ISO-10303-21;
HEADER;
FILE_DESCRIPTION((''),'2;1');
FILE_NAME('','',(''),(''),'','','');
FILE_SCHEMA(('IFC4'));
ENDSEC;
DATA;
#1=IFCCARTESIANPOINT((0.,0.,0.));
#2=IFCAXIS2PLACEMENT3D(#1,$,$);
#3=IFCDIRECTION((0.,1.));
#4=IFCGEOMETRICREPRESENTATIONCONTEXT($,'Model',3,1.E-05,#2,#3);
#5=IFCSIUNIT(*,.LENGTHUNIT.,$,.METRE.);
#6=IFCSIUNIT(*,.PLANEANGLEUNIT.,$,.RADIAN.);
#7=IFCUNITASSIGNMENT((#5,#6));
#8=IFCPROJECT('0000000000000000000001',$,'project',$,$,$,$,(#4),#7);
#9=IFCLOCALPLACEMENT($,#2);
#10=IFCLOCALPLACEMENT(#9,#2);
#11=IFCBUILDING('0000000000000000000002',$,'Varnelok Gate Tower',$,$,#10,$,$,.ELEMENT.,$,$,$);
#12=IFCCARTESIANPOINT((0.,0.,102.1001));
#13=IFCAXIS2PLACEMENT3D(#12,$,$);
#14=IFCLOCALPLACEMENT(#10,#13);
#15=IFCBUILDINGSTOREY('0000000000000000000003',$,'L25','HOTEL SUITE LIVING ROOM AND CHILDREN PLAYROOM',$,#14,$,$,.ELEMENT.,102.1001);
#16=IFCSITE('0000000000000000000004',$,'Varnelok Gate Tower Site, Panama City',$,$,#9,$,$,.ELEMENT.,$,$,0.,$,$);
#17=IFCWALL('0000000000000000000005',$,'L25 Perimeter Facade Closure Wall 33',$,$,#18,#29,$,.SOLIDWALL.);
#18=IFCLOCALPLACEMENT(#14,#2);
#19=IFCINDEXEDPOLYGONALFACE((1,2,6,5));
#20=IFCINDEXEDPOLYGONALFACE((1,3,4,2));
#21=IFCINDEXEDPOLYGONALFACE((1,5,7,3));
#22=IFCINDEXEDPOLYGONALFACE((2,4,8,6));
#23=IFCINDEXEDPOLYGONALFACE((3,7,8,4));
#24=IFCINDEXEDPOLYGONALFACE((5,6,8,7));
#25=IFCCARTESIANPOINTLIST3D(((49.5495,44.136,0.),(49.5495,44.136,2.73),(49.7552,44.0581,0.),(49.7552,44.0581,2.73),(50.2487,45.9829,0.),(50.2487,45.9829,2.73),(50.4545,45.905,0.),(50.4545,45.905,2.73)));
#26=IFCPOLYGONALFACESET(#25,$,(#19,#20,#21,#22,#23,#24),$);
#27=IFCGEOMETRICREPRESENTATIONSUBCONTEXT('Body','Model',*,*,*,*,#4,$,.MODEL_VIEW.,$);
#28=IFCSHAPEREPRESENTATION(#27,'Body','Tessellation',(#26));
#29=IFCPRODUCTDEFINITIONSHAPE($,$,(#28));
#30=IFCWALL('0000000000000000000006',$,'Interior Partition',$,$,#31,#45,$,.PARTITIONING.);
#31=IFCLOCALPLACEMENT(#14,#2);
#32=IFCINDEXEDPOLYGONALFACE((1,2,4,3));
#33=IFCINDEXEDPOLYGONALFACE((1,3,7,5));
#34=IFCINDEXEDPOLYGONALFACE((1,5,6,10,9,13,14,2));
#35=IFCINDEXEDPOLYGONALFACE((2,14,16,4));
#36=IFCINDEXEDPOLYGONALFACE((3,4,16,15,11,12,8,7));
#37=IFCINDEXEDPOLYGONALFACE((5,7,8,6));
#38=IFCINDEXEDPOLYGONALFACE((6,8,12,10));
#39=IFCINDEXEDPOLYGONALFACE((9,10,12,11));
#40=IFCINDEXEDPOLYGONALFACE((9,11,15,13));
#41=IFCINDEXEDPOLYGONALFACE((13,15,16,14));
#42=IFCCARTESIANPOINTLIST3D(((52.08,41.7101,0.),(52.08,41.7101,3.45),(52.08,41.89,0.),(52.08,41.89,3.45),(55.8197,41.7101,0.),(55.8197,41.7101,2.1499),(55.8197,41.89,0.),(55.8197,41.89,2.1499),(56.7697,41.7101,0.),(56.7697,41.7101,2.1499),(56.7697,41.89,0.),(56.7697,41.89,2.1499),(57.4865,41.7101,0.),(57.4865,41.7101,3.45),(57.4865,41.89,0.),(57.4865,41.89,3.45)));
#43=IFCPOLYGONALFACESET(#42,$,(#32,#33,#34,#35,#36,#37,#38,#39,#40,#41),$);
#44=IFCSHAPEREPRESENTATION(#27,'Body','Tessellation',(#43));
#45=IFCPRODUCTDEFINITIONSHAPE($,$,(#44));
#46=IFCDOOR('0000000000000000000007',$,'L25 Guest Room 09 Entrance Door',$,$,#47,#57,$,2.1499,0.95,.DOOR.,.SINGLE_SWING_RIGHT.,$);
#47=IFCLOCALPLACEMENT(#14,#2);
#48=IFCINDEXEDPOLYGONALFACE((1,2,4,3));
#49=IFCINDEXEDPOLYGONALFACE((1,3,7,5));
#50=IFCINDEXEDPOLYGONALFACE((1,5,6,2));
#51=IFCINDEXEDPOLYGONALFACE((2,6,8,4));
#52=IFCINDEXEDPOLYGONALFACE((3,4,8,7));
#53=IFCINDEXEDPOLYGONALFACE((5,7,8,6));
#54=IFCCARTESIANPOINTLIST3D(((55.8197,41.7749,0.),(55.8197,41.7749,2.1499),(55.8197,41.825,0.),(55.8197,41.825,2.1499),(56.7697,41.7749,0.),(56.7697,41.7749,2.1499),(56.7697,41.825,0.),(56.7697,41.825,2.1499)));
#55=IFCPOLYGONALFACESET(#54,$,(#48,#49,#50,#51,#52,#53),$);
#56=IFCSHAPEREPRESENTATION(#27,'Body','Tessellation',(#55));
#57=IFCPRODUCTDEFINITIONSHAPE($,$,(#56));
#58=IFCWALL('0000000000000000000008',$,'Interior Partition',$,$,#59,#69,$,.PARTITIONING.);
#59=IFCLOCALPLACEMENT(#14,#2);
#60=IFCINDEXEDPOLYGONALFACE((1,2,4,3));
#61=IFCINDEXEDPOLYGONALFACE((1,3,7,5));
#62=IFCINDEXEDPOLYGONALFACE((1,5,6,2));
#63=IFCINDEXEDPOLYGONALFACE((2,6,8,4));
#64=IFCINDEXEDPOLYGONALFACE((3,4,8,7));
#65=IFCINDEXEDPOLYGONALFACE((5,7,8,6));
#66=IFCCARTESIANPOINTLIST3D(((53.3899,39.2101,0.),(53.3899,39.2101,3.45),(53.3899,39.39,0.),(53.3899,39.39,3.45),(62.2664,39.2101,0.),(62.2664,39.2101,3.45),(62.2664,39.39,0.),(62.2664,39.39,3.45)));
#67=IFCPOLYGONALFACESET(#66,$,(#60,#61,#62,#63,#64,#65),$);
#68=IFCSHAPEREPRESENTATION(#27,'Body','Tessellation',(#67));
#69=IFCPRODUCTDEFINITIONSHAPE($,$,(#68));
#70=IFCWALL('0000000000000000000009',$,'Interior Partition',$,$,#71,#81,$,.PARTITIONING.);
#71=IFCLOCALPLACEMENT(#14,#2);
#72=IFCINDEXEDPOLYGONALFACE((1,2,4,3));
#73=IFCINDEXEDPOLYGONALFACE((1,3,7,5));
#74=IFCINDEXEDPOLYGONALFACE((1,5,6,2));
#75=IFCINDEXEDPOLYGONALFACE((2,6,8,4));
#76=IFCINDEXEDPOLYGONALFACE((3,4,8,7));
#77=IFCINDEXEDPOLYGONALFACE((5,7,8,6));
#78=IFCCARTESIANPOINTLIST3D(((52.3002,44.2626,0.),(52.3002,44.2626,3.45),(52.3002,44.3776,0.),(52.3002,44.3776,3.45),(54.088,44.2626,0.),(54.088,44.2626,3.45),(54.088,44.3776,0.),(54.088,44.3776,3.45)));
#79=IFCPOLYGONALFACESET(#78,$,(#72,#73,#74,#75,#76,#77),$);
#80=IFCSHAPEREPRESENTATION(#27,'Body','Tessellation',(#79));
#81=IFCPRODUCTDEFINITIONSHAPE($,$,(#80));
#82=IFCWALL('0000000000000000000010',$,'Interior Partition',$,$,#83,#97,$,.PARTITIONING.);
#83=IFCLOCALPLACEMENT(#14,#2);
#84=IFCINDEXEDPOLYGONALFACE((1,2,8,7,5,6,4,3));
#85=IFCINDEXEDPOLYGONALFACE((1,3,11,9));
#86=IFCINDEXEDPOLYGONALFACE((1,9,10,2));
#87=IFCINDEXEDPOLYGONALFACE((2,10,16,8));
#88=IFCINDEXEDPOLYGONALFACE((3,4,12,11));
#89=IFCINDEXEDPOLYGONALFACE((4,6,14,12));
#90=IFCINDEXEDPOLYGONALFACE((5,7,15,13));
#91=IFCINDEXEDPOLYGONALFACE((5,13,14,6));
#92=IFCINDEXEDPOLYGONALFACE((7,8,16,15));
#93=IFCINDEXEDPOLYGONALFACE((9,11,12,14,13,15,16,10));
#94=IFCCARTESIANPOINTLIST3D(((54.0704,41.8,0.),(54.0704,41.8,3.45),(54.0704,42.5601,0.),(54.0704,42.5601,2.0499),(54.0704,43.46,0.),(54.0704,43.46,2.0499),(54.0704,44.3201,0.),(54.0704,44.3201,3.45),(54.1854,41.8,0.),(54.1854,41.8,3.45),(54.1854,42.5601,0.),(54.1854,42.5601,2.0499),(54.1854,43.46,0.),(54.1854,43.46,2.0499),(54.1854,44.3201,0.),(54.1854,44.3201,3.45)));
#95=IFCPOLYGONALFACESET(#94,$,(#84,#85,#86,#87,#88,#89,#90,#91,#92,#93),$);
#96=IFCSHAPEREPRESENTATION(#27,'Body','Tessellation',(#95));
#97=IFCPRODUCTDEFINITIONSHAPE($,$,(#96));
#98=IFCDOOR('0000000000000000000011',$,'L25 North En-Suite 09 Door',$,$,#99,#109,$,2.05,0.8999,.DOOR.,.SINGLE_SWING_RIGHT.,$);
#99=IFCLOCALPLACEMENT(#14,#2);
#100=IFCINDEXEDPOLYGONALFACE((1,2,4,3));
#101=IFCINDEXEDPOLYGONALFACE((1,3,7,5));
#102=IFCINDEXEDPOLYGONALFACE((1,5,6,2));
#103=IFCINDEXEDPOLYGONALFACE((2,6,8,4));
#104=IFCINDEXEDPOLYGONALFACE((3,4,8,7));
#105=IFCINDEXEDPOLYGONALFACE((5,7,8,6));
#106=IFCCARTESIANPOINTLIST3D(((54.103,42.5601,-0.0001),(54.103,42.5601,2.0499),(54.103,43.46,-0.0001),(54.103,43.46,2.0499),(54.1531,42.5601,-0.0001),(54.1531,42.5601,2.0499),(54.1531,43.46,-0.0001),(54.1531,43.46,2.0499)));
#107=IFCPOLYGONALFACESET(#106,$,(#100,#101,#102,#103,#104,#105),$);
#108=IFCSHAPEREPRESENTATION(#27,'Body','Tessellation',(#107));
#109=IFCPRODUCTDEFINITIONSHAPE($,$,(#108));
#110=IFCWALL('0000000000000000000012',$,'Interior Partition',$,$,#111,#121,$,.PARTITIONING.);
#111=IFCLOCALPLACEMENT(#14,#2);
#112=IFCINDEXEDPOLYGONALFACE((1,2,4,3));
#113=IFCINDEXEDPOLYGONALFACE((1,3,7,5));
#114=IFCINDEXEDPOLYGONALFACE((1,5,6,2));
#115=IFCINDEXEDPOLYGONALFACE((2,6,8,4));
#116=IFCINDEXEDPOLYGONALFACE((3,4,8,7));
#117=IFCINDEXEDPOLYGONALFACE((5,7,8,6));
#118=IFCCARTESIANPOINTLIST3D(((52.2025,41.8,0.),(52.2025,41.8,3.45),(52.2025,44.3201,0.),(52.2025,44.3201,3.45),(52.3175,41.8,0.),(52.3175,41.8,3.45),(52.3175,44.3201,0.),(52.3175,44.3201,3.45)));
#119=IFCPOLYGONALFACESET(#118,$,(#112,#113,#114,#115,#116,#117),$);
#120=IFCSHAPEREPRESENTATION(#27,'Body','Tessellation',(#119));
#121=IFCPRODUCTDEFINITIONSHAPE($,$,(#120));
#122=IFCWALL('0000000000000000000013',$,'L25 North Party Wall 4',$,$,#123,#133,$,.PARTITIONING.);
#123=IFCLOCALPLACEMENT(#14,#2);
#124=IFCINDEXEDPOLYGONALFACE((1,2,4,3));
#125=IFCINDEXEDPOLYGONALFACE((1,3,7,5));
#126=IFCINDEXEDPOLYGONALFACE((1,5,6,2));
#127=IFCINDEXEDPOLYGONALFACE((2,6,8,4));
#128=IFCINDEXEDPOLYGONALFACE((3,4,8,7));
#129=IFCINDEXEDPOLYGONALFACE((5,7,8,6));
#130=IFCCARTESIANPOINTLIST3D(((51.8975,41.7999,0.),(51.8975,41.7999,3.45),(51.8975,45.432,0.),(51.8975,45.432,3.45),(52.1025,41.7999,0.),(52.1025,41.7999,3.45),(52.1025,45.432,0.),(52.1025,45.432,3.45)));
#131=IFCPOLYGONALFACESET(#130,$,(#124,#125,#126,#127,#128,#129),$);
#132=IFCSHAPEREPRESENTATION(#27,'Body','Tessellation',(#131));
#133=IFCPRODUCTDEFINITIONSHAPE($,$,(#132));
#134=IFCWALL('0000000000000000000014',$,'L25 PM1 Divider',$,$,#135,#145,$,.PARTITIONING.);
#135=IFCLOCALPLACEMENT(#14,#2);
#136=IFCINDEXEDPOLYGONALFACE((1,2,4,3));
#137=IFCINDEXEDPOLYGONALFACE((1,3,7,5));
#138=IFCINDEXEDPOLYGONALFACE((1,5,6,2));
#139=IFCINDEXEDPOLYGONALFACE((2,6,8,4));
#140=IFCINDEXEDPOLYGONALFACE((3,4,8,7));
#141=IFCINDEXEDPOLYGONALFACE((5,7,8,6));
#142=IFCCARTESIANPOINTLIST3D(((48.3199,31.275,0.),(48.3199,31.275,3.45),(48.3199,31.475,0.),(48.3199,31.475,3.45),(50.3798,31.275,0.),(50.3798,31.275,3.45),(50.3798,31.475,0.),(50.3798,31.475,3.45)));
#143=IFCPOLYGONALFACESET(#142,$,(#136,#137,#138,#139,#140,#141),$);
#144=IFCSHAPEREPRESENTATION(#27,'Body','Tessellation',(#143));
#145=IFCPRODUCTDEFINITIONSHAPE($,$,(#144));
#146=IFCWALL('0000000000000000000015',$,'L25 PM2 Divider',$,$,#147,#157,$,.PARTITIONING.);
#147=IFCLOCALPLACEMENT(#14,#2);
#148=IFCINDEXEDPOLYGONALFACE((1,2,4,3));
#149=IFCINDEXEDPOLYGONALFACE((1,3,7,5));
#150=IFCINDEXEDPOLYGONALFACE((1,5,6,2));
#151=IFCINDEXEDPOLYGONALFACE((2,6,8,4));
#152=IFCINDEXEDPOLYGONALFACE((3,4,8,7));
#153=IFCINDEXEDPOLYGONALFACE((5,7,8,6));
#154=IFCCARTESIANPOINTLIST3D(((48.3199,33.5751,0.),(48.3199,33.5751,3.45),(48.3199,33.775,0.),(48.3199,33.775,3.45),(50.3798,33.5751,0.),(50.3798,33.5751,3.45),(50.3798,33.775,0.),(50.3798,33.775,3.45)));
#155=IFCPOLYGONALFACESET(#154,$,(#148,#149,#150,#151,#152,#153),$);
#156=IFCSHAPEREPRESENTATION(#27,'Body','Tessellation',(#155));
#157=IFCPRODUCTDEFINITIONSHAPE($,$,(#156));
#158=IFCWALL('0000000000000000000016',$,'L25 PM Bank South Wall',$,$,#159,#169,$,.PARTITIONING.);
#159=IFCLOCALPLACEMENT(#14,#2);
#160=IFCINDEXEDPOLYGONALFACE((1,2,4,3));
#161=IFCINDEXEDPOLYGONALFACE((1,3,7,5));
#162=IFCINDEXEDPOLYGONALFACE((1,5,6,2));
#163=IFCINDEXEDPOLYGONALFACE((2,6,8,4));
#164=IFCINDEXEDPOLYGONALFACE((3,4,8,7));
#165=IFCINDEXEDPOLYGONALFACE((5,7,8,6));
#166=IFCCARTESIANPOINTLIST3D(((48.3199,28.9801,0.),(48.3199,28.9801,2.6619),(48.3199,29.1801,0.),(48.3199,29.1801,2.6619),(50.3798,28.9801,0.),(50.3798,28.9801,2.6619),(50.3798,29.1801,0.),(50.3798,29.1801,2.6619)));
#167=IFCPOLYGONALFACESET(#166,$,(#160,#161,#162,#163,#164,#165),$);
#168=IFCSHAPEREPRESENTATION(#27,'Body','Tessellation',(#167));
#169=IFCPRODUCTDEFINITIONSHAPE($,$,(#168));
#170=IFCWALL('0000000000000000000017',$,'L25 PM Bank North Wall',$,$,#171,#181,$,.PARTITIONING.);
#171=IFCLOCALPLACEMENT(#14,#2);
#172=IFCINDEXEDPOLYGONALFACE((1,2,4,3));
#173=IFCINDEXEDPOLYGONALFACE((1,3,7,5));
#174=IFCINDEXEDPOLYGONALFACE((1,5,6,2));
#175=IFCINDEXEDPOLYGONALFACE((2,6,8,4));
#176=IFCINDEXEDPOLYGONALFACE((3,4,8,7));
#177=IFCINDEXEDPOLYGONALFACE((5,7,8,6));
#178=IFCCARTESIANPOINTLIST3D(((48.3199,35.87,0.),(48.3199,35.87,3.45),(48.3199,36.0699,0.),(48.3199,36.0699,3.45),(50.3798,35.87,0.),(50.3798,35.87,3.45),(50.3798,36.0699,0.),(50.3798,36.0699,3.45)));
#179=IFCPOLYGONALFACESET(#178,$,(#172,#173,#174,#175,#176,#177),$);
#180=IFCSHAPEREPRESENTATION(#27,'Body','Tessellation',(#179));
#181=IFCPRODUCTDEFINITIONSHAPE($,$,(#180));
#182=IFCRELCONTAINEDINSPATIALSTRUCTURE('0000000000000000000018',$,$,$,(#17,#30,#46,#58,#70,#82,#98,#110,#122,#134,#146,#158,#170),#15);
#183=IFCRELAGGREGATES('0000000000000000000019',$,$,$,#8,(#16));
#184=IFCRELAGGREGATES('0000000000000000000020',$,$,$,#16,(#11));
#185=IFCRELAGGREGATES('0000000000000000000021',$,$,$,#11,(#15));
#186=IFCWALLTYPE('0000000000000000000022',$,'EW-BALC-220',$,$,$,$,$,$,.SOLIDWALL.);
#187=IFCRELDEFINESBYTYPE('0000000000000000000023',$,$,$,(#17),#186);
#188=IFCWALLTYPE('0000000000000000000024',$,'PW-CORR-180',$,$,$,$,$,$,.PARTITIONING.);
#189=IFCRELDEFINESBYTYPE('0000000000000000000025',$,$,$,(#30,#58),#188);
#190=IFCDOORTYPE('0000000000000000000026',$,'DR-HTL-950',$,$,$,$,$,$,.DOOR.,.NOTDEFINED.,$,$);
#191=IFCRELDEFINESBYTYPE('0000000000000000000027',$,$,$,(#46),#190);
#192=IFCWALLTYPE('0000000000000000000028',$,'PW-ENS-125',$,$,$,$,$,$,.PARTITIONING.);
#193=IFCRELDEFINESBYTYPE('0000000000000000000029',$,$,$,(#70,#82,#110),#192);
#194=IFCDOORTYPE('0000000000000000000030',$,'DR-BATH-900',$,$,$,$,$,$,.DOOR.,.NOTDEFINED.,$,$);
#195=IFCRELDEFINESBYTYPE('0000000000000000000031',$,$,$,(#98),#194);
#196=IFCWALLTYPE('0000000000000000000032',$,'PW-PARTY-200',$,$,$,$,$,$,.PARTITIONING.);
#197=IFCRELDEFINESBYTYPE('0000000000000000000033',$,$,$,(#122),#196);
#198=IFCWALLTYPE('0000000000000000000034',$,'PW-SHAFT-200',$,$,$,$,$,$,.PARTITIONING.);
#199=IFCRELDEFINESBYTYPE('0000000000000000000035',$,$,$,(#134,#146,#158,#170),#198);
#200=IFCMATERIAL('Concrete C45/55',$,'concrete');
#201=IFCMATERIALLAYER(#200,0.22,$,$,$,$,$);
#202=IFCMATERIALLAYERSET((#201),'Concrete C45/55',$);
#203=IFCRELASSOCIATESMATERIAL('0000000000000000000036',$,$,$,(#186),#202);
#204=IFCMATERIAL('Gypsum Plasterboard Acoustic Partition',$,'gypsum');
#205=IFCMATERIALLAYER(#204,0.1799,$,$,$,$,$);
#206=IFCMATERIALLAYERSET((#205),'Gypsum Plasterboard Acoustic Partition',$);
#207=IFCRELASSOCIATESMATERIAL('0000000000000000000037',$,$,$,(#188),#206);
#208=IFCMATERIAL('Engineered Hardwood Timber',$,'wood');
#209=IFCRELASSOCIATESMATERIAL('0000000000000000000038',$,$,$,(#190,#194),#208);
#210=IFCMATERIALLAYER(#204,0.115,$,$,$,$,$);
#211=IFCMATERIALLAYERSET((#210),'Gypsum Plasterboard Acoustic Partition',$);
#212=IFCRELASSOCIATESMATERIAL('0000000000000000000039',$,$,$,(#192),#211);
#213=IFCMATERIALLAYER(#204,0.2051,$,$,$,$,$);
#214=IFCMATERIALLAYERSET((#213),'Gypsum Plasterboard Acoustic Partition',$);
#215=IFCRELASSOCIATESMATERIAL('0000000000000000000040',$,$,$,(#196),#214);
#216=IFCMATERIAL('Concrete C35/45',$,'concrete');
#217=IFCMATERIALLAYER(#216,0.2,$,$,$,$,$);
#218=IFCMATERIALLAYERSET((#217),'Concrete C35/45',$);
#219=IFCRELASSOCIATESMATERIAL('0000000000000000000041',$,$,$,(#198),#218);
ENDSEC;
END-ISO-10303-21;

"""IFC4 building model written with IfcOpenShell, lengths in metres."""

from ifc_helpers import new_model, si_unit, direction, frame, frame_2d, origin, place, context, subcontext, project, spatial, rectangle, extrude, material, layer, layer_set, type_object, element, fill, save


model = new_model("IFC4")

# Units and contexts
model_context = context("Model", 3, precision=1e-05, world=origin(), true_north=direction((0.0, 1.0)))
body_context = subcontext(model_context, "Body", "Model", "MODEL_VIEW")
ifc_project = project(units=[si_unit("LENGTHUNIT", "METRE"), si_unit("PLANEANGLEUNIT", "RADIAN")], contexts=[model_context])

# Site, building, storey
site_placement = place(None, origin())
site = spatial("IfcSite", under=ifc_project, at=site_placement, Name="Varnelok Gate Tower Site, Panama City", CompositionType="ELEMENT", RefElevation=0.0)
building_placement = place(site_placement, origin())
building = spatial("IfcBuilding", under=site, at=building_placement, Name="Varnelok Gate Tower", CompositionType="ELEMENT")
storey_placement = place(building_placement, frame((0.0, 0.0, 102.1001)))
storey = spatial("IfcBuildingStorey", under=building, at=storey_placement, Name="L25", Description="HOTEL SUITE LIVING ROOM AND CHILDREN PLAYROOM", CompositionType="ELEMENT", Elevation=102.1001)

# Wall
ifc_material_1 = material(Name="Concrete C45/55", Category="concrete")
ifc_layer_1 = layer(ifc_material_1, 0.22)
ifc_layer_set_1 = layer_set([ifc_layer_1], Name="Concrete C45/55")
wall_type_1 = type_object("IfcWallType", Name="EW-BALC-220", PredefinedType="SOLIDWALL", material=ifc_layer_set_1)
wall_1_placement = place(storey_placement, frame((50.3516, 45.9438, 0.0), z_axis=(0.0, 0.0, 1.0), x_axis=(-0.354062, -0.935222, 0.0)))
element("IfcWall", 1, at=wall_1_placement, inside=storey, type_object=wall_type_1, Name="L25 Perimeter Facade Closure Wall 33", PredefinedType="SOLIDWALL", context=body_context, shape_type="SweptSolid", body=[
    extrude(rectangle(XDim=1.9749, YDim=0.22, at=frame_2d((0.9873, 0.0))), origin(), (0.0, 0.0, 1.0), 2.73),
])

# Wall, opening, door
ifc_material_2 = material(Name="Gypsum Plasterboard Acoustic Partition", Category="gypsum")
ifc_layer_2 = layer(ifc_material_2, 0.1799)
ifc_layer_set_2 = layer_set([ifc_layer_2], Name="Gypsum Plasterboard Acoustic Partition")
wall_type_2 = type_object("IfcWallType", Name="PW-CORR-180", PredefinedType="PARTITIONING", material=ifc_layer_set_2)
wall_2_placement = place(storey_placement, frame((52.0801, 41.8, 0.0), z_axis=(0.0, 0.0, 1.0), x_axis=(1.0, 0.0, 0.0)))
wall_2 = element("IfcWall", 2, at=wall_2_placement, inside=storey, type_object=wall_type_2, Name="Interior Partition", PredefinedType="PARTITIONING", context=body_context, shape_type="SweptSolid", body=[
    extrude(rectangle(XDim=5.4065, YDim=0.1799, at=frame_2d((2.7031, 0.0))), origin(), (0.0, 0.0, 1.0), 3.45),
])
opening_1_placement = place(wall_2_placement, frame((3.7395, 0.0, 0.0)))
opening_1 = element("IfcOpeningElement", 3, at=opening_1_placement, cuts=wall_2, PredefinedType="OPENING", context=body_context, shape_type="SweptSolid", body=[
    extrude(rectangle(XDim=0.95, YDim=2.1499, at=frame_2d((0.4751, 1.075))), frame((0.0, 0.0999, 0.0), z_axis=(0.0, -1.0, 0.0), x_axis=(1.0, 0.0, 0.0)), (0.0, 0.0, 1.0), 0.2),
])
ifc_material_3 = material(Name="Engineered Hardwood Timber", Category="wood")
door_type_1 = type_object("IfcDoorType", Name="DR-HTL-950", OperationType="NOTDEFINED", PredefinedType="DOOR", material=ifc_material_3)
door_1_placement = place(opening_1_placement, origin())
door_1 = element("IfcDoor", 4, at=door_1_placement, inside=storey, type_object=door_type_1, Name="L25 Guest Room 09 Entrance Door", OperationType="SINGLE_SWING_RIGHT", OverallHeight=2.1499, OverallWidth=0.95, PredefinedType="DOOR", context=body_context, shape_type="SweptSolid", body=[
    extrude(rectangle(XDim=0.95, YDim=2.1499, at=frame_2d((0.4751, 1.075))), frame((0.0, 0.0249, 0.0), z_axis=(0.0, -1.0, 0.0), x_axis=(1.0, 0.0, 0.0)), (0.0, 0.0, 1.0), 0.05),
])
fill(opening_1, door_1)

# Walls
wall_3_placement = place(storey_placement, frame((53.3899, 39.3, 0.0), z_axis=(0.0, 0.0, 1.0), x_axis=(1.0, 0.0, 0.0)))
element("IfcWall", 5, at=wall_3_placement, inside=storey, type_object=wall_type_2, Name="Interior Partition", PredefinedType="PARTITIONING", context=body_context, shape_type="SweptSolid", body=[
    extrude(rectangle(XDim=8.8765, YDim=0.1799, at=frame_2d((4.4382, 0.0))), origin(), (0.0, 0.0, 1.0), 3.45),
])
ifc_layer_3 = layer(ifc_material_2, 0.115)
ifc_layer_set_3 = layer_set([ifc_layer_3], Name="Gypsum Plasterboard Acoustic Partition")
wall_type_3 = type_object("IfcWallType", Name="PW-ENS-125", PredefinedType="PARTITIONING", material=ifc_layer_set_3)
wall_4_placement = place(storey_placement, frame((52.3, 44.3201, 0.0), z_axis=(0.0, 0.0, 1.0), x_axis=(1.0, 0.0, 0.0)))
element("IfcWall", 6, at=wall_4_placement, inside=storey, type_object=wall_type_3, Name="Interior Partition", PredefinedType="PARTITIONING", context=body_context, shape_type="SweptSolid", body=[
    extrude(rectangle(XDim=1.7878, YDim=0.115, at=frame_2d((0.894, 0.0))), origin(), (0.0, 0.0, 1.0), 3.45),
])

# Wall, opening, door
wall_5_placement = place(storey_placement, frame((54.1279, 41.8, 0.0), z_axis=(0.0, 0.0, 1.0), x_axis=(0.0, 1.0, 0.0)))
wall_5 = element("IfcWall", 7, at=wall_5_placement, inside=storey, type_object=wall_type_3, Name="Interior Partition", PredefinedType="PARTITIONING", context=body_context, shape_type="SweptSolid", body=[
    extrude(rectangle(XDim=2.52, YDim=0.115, at=frame_2d((1.26, 0.0))), origin(), (0.0, 0.0, 1.0), 3.45),
])
opening_2_placement = place(wall_5_placement, frame((0.76, 0.0, 0.0)))
opening_2 = element("IfcOpeningElement", 8, at=opening_2_placement, cuts=wall_5, PredefinedType="OPENING", context=body_context, shape_type="SweptSolid", body=[
    extrude(rectangle(XDim=0.8999, YDim=2.05, at=frame_2d((0.45, 1.0249))), frame((0.0, 0.0674, 0.0), z_axis=(0.0, -1.0, 0.0), x_axis=(1.0, 0.0, 0.0)), (0.0, 0.0, 1.0), 0.135),
])
door_type_2 = type_object("IfcDoorType", Name="DR-BATH-900", OperationType="NOTDEFINED", PredefinedType="DOOR", material=ifc_material_3)
door_2_placement = place(opening_2_placement, origin())
door_2 = element("IfcDoor", 9, at=door_2_placement, inside=storey, type_object=door_type_2, Name="L25 North En-Suite 09 Door", OperationType="SINGLE_SWING_RIGHT", OverallHeight=2.05, OverallWidth=0.8999, PredefinedType="DOOR", context=body_context, shape_type="SweptSolid", body=[
    extrude(rectangle(XDim=0.8999, YDim=2.05, at=frame_2d((0.45, 1.0249))), frame((0.0, 0.0249, 0.0), z_axis=(0.0, -1.0, 0.0), x_axis=(1.0, 0.0, 0.0)), (0.0, 0.0, 1.0), 0.05),
])
fill(opening_2, door_2)

# Walls
wall_6_placement = place(storey_placement, frame((52.26, 41.8, 0.0), z_axis=(0.0, 0.0, 1.0), x_axis=(0.0, 1.0, 0.0)))
element("IfcWall", 10, at=wall_6_placement, inside=storey, type_object=wall_type_3, Name="Interior Partition", PredefinedType="PARTITIONING", context=body_context, shape_type="SweptSolid", body=[
    extrude(rectangle(XDim=2.52, YDim=0.115, at=frame_2d((1.26, 0.0))), origin(), (0.0, 0.0, 1.0), 3.45),
])
ifc_layer_4 = layer(ifc_material_2, 0.2051)
ifc_layer_set_4 = layer_set([ifc_layer_4], Name="Gypsum Plasterboard Acoustic Partition")
wall_type_4 = type_object("IfcWallType", Name="PW-PARTY-200", PredefinedType="PARTITIONING", material=ifc_layer_set_4)
wall_7_placement = place(storey_placement, frame((52.0, 41.8, 0.0), z_axis=(0.0, 0.0, 1.0), x_axis=(0.0, 1.0, 0.0)))
element("IfcWall", 11, at=wall_7_placement, inside=storey, type_object=wall_type_4, Name="L25 North Party Wall 4", PredefinedType="PARTITIONING", context=body_context, shape_type="SweptSolid", body=[
    extrude(rectangle(XDim=3.6321, YDim=0.2051, at=frame_2d((1.8159, 0.0))), origin(), (0.0, 0.0, 1.0), 3.45),
])
ifc_material_4 = material(Name="Concrete C35/45", Category="concrete")
ifc_layer_5 = layer(ifc_material_4, 0.2)
ifc_layer_set_5 = layer_set([ifc_layer_5], Name="Concrete C35/45")
wall_type_5 = type_object("IfcWallType", Name="PW-SHAFT-200", PredefinedType="PARTITIONING", material=ifc_layer_set_5)
for number, where, z_axis, x_axis, name in (
    (12, (48.3201, 31.375, 0.0), (0.0, 0.0, 1.0), (1.0, 0.0, 0.0), "L25 PM1 Divider"),
    (13, (48.3201, 33.675, 0.0), (0.0, 0.0, 1.0), (1.0, 0.0, 0.0), "L25 PM2 Divider"),
):
    element("IfcWall", number, at=place(storey_placement, frame(where, z_axis=z_axis, x_axis=x_axis)), inside=storey, type_object=wall_type_5, Name=name, PredefinedType="PARTITIONING", context=body_context, shape_type="SweptSolid", body=[
        extrude(rectangle(XDim=2.0598, YDim=0.2, at=frame_2d((1.0298, 0.0))), origin(), (0.0, 0.0, 1.0), 3.45),
    ])
wall_8_placement = place(storey_placement, frame((48.3201, 29.0801, 0.0), z_axis=(0.0, 0.0, 1.0), x_axis=(1.0, 0.0, 0.0)))
element("IfcWall", 14, at=wall_8_placement, inside=storey, type_object=wall_type_5, Name="L25 PM Bank South Wall", PredefinedType="PARTITIONING", context=body_context, shape_type="SweptSolid", body=[
    extrude(rectangle(XDim=2.0598, YDim=0.2, at=frame_2d((1.0298, 0.0))), origin(), (0.0, 0.0, 1.0), 2.6619),
])
wall_9_placement = place(storey_placement, frame((48.3201, 35.97, 0.0), z_axis=(0.0, 0.0, 1.0), x_axis=(1.0, 0.0, 0.0)))
element("IfcWall", 15, at=wall_9_placement, inside=storey, type_object=wall_type_5, Name="L25 PM Bank North Wall", PredefinedType="PARTITIONING", context=body_context, shape_type="SweptSolid", body=[
    extrude(rectangle(XDim=2.0598, YDim=0.2, at=frame_2d((1.0298, 0.0))), origin(), (0.0, 0.0, 1.0), 3.45),
])

save(model, "model.ifc")
